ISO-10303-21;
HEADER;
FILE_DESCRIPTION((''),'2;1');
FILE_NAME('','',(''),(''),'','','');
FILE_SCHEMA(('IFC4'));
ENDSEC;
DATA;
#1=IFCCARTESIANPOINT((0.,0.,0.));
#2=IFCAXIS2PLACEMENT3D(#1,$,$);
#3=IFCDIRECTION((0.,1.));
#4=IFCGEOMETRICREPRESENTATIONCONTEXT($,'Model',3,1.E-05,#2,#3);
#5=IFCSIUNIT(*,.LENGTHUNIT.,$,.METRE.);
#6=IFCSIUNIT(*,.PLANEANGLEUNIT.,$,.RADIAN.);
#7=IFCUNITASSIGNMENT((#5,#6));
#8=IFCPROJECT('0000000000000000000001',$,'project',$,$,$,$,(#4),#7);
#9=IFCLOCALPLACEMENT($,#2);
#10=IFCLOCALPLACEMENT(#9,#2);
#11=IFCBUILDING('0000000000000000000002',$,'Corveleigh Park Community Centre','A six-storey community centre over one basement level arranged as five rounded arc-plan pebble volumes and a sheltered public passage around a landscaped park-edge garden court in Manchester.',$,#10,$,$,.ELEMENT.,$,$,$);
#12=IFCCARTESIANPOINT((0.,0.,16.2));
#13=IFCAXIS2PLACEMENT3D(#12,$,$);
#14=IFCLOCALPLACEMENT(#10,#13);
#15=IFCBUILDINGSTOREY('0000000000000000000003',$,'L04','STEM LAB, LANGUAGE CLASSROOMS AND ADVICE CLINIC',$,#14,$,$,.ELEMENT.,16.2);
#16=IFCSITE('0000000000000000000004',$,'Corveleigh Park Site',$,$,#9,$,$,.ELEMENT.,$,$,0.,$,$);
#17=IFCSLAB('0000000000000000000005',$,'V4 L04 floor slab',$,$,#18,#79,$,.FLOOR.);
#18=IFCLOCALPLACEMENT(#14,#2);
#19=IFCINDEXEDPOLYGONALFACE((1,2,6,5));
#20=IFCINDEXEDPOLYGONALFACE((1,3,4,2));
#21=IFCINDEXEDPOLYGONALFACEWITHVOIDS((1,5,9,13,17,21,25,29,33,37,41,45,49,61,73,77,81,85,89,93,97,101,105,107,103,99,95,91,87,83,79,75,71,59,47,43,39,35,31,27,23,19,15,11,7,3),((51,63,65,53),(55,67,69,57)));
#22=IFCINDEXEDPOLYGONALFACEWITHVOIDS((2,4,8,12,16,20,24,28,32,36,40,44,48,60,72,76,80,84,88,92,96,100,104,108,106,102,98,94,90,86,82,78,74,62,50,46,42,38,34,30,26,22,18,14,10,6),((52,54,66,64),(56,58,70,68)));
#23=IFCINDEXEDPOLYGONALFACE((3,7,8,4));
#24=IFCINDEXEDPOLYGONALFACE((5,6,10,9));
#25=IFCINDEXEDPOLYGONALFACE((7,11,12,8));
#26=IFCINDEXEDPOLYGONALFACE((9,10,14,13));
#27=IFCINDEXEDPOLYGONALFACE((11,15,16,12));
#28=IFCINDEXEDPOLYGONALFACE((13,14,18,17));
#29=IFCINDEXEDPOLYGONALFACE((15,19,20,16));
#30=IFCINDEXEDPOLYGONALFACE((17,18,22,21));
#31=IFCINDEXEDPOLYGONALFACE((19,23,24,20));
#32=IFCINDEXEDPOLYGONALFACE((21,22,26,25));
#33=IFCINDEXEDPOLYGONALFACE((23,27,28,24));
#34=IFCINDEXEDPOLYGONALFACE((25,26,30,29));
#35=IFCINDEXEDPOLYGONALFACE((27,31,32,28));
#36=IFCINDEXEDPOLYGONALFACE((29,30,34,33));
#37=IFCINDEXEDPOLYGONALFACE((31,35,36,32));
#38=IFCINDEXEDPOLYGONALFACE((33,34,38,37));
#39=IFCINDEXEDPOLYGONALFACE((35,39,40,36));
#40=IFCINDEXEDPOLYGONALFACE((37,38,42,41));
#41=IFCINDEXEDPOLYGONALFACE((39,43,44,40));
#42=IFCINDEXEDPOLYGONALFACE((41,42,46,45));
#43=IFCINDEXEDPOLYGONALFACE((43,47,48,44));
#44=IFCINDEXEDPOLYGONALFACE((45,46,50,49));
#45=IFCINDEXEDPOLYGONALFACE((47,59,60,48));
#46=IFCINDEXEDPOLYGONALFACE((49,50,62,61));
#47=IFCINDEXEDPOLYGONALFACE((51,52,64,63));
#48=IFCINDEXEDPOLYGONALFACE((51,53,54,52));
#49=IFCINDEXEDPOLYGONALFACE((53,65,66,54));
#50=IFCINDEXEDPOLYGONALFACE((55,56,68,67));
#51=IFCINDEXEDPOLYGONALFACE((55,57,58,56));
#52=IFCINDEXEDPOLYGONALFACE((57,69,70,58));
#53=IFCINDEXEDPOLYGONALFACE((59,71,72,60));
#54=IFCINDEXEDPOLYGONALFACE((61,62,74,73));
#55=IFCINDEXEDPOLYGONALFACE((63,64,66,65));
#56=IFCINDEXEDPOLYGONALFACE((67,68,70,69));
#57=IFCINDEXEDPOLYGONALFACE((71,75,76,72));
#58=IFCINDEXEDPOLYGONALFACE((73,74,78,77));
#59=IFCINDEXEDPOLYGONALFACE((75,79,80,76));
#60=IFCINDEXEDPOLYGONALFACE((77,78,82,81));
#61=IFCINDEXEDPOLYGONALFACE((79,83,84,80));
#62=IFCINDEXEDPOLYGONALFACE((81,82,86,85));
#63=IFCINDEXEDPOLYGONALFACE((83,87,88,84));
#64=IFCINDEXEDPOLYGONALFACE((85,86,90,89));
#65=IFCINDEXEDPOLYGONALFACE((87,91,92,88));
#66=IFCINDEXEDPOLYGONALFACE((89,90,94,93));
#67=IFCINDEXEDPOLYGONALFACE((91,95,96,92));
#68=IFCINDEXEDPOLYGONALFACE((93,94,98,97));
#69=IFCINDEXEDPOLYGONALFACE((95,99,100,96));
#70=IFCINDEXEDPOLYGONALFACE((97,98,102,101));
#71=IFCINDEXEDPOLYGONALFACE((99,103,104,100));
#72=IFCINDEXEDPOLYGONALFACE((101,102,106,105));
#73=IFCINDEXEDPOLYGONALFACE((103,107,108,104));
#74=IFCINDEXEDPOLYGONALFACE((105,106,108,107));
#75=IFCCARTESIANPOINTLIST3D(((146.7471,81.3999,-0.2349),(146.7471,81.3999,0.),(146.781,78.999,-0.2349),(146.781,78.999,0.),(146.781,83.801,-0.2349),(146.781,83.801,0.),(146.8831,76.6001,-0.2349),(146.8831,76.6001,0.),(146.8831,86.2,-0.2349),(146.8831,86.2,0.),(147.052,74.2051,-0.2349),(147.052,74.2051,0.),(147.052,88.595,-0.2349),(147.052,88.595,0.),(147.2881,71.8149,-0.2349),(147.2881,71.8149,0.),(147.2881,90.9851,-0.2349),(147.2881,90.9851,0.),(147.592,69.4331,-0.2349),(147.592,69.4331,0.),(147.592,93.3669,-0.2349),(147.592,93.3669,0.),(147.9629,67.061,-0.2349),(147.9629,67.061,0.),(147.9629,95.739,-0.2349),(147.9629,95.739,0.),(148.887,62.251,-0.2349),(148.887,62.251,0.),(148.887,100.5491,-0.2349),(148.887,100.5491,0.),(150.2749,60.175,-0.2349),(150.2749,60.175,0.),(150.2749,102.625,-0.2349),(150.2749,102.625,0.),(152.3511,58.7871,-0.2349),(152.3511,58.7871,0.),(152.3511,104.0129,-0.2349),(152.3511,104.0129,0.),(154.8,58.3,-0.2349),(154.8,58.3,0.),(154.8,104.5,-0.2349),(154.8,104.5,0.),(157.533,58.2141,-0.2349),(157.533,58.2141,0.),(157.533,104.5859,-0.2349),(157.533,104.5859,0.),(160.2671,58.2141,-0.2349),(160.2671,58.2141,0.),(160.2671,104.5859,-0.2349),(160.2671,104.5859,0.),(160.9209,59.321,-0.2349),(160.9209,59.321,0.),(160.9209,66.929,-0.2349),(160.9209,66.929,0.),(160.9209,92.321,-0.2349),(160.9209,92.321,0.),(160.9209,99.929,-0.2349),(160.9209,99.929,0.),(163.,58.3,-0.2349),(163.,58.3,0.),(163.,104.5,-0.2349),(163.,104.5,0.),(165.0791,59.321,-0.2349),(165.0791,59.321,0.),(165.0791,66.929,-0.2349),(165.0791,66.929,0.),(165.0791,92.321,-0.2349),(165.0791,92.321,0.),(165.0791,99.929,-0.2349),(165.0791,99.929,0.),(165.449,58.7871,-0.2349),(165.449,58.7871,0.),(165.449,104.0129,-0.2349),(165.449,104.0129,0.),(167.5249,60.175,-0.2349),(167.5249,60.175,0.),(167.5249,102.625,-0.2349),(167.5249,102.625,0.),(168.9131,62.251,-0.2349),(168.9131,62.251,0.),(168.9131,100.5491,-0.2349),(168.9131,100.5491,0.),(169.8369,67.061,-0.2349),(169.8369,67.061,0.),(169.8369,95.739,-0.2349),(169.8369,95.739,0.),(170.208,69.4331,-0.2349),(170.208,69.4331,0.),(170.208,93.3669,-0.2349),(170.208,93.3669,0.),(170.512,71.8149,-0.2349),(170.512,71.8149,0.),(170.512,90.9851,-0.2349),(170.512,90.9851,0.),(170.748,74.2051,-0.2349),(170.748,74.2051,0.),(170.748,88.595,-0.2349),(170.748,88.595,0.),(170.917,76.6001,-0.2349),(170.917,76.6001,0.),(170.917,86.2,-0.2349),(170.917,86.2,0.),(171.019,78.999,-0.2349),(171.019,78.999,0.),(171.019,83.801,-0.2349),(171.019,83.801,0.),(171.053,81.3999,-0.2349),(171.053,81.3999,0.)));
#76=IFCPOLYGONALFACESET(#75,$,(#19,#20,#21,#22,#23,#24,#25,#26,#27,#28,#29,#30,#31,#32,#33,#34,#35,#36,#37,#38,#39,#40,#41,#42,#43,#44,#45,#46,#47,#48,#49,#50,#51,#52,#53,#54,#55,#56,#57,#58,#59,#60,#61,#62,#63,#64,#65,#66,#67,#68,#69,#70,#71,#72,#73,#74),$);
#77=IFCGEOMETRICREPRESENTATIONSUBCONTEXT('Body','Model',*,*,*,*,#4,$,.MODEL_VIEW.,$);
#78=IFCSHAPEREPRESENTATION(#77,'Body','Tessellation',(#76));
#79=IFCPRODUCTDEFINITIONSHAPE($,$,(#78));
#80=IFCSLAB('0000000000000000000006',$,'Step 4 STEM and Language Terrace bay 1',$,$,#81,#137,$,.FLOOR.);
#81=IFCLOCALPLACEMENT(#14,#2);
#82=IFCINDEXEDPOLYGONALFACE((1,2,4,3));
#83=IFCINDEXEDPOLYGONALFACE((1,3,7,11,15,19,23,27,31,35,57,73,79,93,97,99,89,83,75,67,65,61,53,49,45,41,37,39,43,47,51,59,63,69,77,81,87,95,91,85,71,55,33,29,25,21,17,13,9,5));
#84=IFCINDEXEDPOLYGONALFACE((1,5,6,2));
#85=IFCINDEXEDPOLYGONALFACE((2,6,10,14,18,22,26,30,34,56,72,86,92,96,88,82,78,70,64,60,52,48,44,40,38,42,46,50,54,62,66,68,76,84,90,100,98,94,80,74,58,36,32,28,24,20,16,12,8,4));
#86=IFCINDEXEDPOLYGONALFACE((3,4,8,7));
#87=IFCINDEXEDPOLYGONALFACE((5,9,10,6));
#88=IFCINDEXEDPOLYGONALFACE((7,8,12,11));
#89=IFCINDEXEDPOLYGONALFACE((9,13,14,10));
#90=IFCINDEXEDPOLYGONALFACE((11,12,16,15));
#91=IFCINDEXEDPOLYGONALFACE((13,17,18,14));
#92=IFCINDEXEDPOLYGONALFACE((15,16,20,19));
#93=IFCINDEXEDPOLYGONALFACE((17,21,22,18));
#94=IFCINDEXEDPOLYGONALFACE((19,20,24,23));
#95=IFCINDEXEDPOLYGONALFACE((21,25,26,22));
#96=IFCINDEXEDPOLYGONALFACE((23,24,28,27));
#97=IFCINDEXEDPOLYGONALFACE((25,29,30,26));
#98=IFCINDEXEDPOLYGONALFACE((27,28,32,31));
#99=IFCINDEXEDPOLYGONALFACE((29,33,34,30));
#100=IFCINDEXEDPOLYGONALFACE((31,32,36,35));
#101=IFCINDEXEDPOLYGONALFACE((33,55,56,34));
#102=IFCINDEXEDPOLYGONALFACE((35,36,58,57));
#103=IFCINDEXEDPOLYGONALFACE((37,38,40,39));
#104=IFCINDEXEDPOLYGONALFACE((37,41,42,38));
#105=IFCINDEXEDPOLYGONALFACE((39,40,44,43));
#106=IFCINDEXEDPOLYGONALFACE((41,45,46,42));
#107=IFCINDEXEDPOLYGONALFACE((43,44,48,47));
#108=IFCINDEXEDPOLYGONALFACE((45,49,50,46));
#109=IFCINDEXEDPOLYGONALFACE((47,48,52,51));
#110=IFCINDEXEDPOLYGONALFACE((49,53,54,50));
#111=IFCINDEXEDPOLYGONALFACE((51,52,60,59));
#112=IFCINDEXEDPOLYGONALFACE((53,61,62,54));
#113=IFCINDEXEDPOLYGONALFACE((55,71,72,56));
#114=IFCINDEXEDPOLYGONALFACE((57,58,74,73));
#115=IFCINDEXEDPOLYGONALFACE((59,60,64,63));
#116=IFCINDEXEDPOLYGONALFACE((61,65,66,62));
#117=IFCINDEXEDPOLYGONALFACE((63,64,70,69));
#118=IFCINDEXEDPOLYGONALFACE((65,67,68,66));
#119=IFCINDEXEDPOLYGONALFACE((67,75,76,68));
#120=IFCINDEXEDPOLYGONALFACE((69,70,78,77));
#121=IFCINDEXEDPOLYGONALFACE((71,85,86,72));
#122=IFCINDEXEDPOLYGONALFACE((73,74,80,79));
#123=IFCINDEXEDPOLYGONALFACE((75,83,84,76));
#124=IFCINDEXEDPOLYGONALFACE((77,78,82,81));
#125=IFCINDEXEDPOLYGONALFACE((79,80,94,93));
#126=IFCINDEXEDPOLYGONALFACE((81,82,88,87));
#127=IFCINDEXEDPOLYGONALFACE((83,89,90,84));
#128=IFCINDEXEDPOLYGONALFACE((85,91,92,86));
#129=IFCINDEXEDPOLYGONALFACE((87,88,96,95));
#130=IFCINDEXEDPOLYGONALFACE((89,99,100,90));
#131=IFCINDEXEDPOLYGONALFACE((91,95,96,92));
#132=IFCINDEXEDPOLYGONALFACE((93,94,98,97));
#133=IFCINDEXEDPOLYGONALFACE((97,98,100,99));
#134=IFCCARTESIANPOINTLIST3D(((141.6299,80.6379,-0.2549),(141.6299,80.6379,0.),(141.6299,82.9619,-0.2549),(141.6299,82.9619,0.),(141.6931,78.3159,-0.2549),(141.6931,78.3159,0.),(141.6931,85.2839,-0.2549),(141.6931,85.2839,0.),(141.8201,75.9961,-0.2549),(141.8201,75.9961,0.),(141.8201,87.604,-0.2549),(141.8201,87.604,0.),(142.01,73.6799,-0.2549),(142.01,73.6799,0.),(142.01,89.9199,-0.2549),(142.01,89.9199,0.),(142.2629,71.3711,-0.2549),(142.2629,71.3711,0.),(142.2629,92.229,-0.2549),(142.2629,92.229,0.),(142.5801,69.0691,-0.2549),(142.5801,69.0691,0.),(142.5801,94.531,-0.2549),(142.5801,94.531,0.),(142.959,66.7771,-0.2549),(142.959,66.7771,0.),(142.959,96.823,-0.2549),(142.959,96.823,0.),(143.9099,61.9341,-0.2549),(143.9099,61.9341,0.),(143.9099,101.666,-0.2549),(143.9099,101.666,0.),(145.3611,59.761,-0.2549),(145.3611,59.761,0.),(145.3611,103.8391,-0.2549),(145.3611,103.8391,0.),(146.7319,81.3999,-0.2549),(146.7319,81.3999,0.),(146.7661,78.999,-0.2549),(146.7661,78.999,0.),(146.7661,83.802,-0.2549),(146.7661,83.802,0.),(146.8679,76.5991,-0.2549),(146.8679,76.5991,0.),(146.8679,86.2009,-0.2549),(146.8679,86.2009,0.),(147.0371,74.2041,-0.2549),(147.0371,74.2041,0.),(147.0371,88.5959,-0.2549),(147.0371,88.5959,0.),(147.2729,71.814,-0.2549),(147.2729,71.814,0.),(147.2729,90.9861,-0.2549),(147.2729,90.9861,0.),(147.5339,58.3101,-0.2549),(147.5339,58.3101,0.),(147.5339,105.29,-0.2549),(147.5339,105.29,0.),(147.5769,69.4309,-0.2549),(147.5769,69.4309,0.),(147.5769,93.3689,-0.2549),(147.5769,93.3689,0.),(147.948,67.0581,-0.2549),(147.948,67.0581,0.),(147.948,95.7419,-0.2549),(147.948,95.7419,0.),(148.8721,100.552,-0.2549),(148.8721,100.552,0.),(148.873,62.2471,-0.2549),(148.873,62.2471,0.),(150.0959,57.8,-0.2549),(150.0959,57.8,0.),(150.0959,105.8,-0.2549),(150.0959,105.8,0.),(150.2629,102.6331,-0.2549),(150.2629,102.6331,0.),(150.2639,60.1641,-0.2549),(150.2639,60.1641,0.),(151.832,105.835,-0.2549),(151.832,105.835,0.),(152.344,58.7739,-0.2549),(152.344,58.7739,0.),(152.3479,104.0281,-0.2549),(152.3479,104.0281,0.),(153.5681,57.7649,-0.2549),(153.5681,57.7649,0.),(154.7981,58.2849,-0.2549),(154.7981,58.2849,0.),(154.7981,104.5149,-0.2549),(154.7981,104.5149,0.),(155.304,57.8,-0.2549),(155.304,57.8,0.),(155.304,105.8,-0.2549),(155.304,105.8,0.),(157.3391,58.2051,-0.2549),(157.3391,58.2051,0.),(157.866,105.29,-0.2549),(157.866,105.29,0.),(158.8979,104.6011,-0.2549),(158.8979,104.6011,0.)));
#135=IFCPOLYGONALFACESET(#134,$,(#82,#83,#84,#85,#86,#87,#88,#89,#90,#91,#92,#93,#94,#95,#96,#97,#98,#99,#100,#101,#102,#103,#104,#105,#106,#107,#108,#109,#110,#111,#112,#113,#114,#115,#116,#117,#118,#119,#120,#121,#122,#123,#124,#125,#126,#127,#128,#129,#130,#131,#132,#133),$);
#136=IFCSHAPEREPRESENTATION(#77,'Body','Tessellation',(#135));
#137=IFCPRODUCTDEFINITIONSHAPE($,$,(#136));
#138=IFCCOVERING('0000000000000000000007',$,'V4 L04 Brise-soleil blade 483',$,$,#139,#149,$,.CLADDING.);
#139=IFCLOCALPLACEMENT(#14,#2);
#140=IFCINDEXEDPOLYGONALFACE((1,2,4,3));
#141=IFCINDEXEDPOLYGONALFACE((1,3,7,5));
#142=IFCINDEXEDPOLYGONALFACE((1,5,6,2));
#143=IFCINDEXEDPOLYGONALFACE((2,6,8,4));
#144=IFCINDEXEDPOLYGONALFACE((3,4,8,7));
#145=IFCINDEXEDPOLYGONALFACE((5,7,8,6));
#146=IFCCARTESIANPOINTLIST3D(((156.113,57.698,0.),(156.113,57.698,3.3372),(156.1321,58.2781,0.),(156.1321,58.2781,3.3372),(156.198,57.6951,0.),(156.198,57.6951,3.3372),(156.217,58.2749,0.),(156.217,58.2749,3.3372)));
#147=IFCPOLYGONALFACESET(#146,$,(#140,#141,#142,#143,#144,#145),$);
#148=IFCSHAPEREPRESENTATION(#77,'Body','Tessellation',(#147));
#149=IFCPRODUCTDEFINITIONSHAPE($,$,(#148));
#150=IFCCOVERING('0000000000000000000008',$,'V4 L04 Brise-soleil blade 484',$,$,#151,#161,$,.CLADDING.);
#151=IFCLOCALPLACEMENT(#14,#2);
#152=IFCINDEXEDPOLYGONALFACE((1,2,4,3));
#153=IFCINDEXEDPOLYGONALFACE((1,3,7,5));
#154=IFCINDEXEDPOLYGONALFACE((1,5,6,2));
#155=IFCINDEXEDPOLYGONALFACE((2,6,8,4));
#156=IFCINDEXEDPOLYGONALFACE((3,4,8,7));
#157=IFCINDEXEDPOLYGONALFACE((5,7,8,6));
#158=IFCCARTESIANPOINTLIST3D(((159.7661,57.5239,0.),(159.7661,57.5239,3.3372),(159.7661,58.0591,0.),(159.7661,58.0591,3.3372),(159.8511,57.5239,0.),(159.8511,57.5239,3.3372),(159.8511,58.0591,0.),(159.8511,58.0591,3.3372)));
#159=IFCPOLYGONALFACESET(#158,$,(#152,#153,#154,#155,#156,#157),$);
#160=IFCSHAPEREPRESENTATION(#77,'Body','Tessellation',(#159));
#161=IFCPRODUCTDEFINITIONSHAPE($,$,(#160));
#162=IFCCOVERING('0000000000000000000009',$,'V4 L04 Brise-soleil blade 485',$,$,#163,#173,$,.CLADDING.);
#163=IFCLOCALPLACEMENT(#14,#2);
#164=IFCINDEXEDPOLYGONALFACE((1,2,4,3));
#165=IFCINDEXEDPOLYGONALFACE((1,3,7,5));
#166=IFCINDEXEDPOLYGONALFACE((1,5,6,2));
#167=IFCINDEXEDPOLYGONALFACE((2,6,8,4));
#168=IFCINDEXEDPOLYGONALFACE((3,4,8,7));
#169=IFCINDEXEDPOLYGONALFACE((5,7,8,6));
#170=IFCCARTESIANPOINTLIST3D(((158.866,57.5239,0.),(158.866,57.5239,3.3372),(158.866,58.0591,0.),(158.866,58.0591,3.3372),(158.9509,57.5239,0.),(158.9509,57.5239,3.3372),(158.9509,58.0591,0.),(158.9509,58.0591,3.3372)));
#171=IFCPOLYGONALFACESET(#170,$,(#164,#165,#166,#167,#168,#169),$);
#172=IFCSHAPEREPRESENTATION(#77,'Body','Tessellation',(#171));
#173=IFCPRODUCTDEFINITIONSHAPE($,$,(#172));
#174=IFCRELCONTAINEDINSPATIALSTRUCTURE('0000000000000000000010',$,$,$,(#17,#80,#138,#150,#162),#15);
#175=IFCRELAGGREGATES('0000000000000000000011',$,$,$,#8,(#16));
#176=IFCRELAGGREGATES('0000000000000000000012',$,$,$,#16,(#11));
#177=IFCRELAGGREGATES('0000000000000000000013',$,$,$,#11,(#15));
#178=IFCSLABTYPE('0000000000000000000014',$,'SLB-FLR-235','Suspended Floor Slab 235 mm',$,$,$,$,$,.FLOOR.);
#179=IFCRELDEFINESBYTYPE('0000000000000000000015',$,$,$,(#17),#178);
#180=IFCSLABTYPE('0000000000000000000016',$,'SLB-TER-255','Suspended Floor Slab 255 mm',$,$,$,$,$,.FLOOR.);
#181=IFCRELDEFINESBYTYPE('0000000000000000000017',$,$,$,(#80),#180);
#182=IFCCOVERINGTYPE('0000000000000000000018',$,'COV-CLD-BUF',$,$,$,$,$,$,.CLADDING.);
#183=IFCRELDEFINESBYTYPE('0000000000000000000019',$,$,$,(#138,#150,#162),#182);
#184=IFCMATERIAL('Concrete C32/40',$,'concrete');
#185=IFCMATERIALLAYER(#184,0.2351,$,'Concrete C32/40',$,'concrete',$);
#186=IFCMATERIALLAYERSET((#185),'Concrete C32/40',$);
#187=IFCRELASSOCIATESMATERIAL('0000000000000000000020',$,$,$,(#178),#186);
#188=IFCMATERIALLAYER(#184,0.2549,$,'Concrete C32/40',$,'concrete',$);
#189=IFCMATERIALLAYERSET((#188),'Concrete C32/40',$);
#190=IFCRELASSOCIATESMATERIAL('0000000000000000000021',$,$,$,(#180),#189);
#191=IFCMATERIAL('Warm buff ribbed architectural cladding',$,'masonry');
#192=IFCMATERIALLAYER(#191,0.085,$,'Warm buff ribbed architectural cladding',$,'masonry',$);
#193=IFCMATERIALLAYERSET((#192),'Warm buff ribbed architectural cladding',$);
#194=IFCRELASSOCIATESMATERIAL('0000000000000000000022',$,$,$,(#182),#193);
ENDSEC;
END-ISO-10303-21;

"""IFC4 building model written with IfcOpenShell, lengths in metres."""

from ifc_helpers import new_model, si_unit, direction, frame, origin, place, context, subcontext, project, spatial, polyline, outline, extrude, material, layer, layer_set, type_object, element, save


model = new_model("IFC4")

# Units and contexts
model_context = context("Model", 3, precision=1e-05, world=origin(), true_north=direction((0.0, 1.0)))
body_context = subcontext(model_context, "Body", "Model", "MODEL_VIEW")
ifc_project = project(units=[si_unit("LENGTHUNIT", "METRE"), si_unit("PLANEANGLEUNIT", "RADIAN")], contexts=[model_context])

# Site, building, storey
site_placement = place(None, origin())
site = spatial("IfcSite", under=ifc_project, at=site_placement, Name="Corveleigh Park Site", CompositionType="ELEMENT", RefElevation=0.0)
building_placement = place(site_placement, origin())
building = spatial("IfcBuilding", under=site, at=building_placement, Name="Corveleigh Park Community Centre", Description="A six-storey community centre over one basement level arranged as five rounded arc-plan pebble volumes and a sheltered public passage around a landscaped park-edge garden court in Manchester.", CompositionType="ELEMENT")
storey_placement = place(building_placement, frame((0.0, 0.0, 16.2)))
storey = spatial("IfcBuildingStorey", under=building, at=storey_placement, Name="L04", Description="STEM LAB, LANGUAGE CLASSROOMS AND ADVICE CLINIC", CompositionType="ELEMENT", Elevation=16.2)

# Slabs
ifc_material_1 = material(Name="Concrete C32/40", Category="concrete")
ifc_layer_1 = layer(ifc_material_1, 0.2351, Name="Concrete C32/40", Category="concrete")
ifc_layer_set_1 = layer_set([ifc_layer_1], Name="Concrete C32/40")
slab_type_1 = type_object("IfcSlabType", Name="SLB-FLR-235", Description="Suspended Floor Slab 235 mm", PredefinedType="FLOOR", material=ifc_layer_set_1)
slab_1_placement = place(storey_placement, frame((0.0, 0.0, -0.2349)))
element("IfcSlab", 1, at=slab_1_placement, inside=storey, type_object=slab_type_1, Name="V4 L04 floor slab", PredefinedType="FLOOR", context=body_context, shape_type="SweptSolid", body=[
    extrude(outline(polyline([(152.3511, 58.7871), (150.2749, 60.175), (148.887, 62.251), (147.9629, 67.061), (147.592, 69.4331), (147.2881, 71.8149), (147.052, 74.2051), (146.8831, 76.6001), (146.781, 78.999), (146.7471, 81.3999), (146.781, 83.801), (146.8831, 86.2), (147.052, 88.595), (147.2881, 90.9851), (147.592, 93.3669), (147.9629, 95.739), (148.887, 100.5491), (150.2749, 102.625), (152.3511, 104.0129), (154.8, 104.5), (157.533, 104.5859), (160.2671, 104.5859), (163.0, 104.5), (165.449, 104.0129), (167.5249, 102.625), (168.9131, 100.5491), (169.8369, 95.739), (170.208, 93.3669), (170.512, 90.9851), (170.748, 88.595), (170.917, 86.2), (171.019, 83.801), (171.053, 81.3999), (171.019, 78.999), (170.917, 76.6001), (170.748, 74.2051), (170.512, 71.8149), (170.208, 69.4331), (169.8369, 67.061), (168.9131, 62.251), (167.5249, 60.175), (165.449, 58.7871), (163.0, 58.3), (160.2671, 58.2141), (157.533, 58.2141), (154.8, 58.3), (152.3511, 58.7871)]), holes=[polyline([(160.9209, 59.321), (165.0791, 59.321), (165.0791, 66.929), (160.9209, 66.929), (160.9209, 59.321)]), polyline([(160.9209, 92.321), (165.0791, 92.321), (165.0791, 99.929), (160.9209, 99.929), (160.9209, 92.321)])]), origin(), (0.0, 0.0, 1.0), 0.2349),
])
ifc_layer_2 = layer(ifc_material_1, 0.2549, Name="Concrete C32/40", Category="concrete")
ifc_layer_set_2 = layer_set([ifc_layer_2], Name="Concrete C32/40")
slab_type_2 = type_object("IfcSlabType", Name="SLB-TER-255", Description="Suspended Floor Slab 255 mm", PredefinedType="FLOOR", material=ifc_layer_set_2)
slab_2_placement = place(storey_placement, frame((0.0, 0.0, -0.2549)))
element("IfcSlab", 2, at=slab_2_placement, inside=storey, type_object=slab_type_2, Name="Step 4 STEM and Language Terrace bay 1", PredefinedType="FLOOR", context=body_context, shape_type="SweptSolid", body=[
    extrude(outline(polyline([(155.304, 57.8), (153.5681, 57.7649), (150.0959, 57.8), (147.5339, 58.3101), (145.3611, 59.761), (143.9099, 61.9341), (142.959, 66.7771), (142.5801, 69.0691), (142.2629, 71.3711), (142.01, 73.6799), (141.8201, 75.9961), (141.6931, 78.3159), (141.6299, 80.6379), (141.6299, 82.9619), (141.6931, 85.2839), (141.8201, 87.604), (142.01, 89.9199), (142.2629, 92.229), (142.5801, 94.531), (142.959, 96.823), (143.9099, 101.666), (145.3611, 103.8391), (147.5339, 105.29), (150.0959, 105.8), (151.832, 105.835), (155.304, 105.8), (157.866, 105.29), (158.8979, 104.6011), (154.7981, 104.5149), (152.3479, 104.0281), (150.2629, 102.6331), (148.8721, 100.552), (147.948, 95.7419), (147.5769, 93.3689), (147.2729, 90.9861), (147.0371, 88.5959), (146.8679, 86.2009), (146.7661, 83.802), (146.7319, 81.3999), (146.7661, 78.999), (146.8679, 76.5991), (147.0371, 74.2041), (147.2729, 71.814), (147.5769, 69.4309), (147.948, 67.0581), (148.873, 62.2471), (150.2639, 60.1641), (152.344, 58.7739), (154.7981, 58.2849), (157.3391, 58.2051), (155.304, 57.8)])), origin(), (0.0, 0.0, 1.0), 0.2549),
])

# Coverings
ifc_material_2 = material(Name="Warm buff ribbed architectural cladding", Category="masonry")
ifc_layer_3 = layer(ifc_material_2, 0.085, Name="Warm buff ribbed architectural cladding", Category="masonry")
ifc_layer_set_3 = layer_set([ifc_layer_3], Name="Warm buff ribbed architectural cladding")
covering_type = type_object("IfcCoveringType", Name="COV-CLD-BUF", PredefinedType="CLADDING", material=ifc_layer_set_3)
covering_1_placement = place(storey_placement, origin())
element("IfcCovering", 3, at=covering_1_placement, inside=storey, type_object=covering_type, Name="V4 L04 Brise-soleil blade 483", PredefinedType="CLADDING", context=body_context, shape_type="SweptSolid", body=[
    extrude(outline(polyline([(156.217, 58.2749), (156.1321, 58.2781), (156.113, 57.698), (156.198, 57.6951), (156.217, 58.2749)])), origin(), (0.0, 0.0, 1.0), 3.3372),
])
covering_2_placement = place(storey_placement, origin())
element("IfcCovering", 4, at=covering_2_placement, inside=storey, type_object=covering_type, Name="V4 L04 Brise-soleil blade 484", PredefinedType="CLADDING", context=body_context, shape_type="SweptSolid", body=[
    extrude(outline(polyline([(159.8511, 58.0591), (159.7661, 58.0591), (159.7661, 57.5239), (159.8511, 57.5239), (159.8511, 58.0591)])), origin(), (0.0, 0.0, 1.0), 3.3372),
])
covering_3_placement = place(storey_placement, origin())
element("IfcCovering", 5, at=covering_3_placement, inside=storey, type_object=covering_type, Name="V4 L04 Brise-soleil blade 485", PredefinedType="CLADDING", context=body_context, shape_type="SweptSolid", body=[
    extrude(outline(polyline([(158.9509, 58.0591), (158.866, 58.0591), (158.866, 57.5239), (158.9509, 57.5239), (158.9509, 58.0591)])), origin(), (0.0, 0.0, 1.0), 3.3372),
])

save(model, "model.ifc")
